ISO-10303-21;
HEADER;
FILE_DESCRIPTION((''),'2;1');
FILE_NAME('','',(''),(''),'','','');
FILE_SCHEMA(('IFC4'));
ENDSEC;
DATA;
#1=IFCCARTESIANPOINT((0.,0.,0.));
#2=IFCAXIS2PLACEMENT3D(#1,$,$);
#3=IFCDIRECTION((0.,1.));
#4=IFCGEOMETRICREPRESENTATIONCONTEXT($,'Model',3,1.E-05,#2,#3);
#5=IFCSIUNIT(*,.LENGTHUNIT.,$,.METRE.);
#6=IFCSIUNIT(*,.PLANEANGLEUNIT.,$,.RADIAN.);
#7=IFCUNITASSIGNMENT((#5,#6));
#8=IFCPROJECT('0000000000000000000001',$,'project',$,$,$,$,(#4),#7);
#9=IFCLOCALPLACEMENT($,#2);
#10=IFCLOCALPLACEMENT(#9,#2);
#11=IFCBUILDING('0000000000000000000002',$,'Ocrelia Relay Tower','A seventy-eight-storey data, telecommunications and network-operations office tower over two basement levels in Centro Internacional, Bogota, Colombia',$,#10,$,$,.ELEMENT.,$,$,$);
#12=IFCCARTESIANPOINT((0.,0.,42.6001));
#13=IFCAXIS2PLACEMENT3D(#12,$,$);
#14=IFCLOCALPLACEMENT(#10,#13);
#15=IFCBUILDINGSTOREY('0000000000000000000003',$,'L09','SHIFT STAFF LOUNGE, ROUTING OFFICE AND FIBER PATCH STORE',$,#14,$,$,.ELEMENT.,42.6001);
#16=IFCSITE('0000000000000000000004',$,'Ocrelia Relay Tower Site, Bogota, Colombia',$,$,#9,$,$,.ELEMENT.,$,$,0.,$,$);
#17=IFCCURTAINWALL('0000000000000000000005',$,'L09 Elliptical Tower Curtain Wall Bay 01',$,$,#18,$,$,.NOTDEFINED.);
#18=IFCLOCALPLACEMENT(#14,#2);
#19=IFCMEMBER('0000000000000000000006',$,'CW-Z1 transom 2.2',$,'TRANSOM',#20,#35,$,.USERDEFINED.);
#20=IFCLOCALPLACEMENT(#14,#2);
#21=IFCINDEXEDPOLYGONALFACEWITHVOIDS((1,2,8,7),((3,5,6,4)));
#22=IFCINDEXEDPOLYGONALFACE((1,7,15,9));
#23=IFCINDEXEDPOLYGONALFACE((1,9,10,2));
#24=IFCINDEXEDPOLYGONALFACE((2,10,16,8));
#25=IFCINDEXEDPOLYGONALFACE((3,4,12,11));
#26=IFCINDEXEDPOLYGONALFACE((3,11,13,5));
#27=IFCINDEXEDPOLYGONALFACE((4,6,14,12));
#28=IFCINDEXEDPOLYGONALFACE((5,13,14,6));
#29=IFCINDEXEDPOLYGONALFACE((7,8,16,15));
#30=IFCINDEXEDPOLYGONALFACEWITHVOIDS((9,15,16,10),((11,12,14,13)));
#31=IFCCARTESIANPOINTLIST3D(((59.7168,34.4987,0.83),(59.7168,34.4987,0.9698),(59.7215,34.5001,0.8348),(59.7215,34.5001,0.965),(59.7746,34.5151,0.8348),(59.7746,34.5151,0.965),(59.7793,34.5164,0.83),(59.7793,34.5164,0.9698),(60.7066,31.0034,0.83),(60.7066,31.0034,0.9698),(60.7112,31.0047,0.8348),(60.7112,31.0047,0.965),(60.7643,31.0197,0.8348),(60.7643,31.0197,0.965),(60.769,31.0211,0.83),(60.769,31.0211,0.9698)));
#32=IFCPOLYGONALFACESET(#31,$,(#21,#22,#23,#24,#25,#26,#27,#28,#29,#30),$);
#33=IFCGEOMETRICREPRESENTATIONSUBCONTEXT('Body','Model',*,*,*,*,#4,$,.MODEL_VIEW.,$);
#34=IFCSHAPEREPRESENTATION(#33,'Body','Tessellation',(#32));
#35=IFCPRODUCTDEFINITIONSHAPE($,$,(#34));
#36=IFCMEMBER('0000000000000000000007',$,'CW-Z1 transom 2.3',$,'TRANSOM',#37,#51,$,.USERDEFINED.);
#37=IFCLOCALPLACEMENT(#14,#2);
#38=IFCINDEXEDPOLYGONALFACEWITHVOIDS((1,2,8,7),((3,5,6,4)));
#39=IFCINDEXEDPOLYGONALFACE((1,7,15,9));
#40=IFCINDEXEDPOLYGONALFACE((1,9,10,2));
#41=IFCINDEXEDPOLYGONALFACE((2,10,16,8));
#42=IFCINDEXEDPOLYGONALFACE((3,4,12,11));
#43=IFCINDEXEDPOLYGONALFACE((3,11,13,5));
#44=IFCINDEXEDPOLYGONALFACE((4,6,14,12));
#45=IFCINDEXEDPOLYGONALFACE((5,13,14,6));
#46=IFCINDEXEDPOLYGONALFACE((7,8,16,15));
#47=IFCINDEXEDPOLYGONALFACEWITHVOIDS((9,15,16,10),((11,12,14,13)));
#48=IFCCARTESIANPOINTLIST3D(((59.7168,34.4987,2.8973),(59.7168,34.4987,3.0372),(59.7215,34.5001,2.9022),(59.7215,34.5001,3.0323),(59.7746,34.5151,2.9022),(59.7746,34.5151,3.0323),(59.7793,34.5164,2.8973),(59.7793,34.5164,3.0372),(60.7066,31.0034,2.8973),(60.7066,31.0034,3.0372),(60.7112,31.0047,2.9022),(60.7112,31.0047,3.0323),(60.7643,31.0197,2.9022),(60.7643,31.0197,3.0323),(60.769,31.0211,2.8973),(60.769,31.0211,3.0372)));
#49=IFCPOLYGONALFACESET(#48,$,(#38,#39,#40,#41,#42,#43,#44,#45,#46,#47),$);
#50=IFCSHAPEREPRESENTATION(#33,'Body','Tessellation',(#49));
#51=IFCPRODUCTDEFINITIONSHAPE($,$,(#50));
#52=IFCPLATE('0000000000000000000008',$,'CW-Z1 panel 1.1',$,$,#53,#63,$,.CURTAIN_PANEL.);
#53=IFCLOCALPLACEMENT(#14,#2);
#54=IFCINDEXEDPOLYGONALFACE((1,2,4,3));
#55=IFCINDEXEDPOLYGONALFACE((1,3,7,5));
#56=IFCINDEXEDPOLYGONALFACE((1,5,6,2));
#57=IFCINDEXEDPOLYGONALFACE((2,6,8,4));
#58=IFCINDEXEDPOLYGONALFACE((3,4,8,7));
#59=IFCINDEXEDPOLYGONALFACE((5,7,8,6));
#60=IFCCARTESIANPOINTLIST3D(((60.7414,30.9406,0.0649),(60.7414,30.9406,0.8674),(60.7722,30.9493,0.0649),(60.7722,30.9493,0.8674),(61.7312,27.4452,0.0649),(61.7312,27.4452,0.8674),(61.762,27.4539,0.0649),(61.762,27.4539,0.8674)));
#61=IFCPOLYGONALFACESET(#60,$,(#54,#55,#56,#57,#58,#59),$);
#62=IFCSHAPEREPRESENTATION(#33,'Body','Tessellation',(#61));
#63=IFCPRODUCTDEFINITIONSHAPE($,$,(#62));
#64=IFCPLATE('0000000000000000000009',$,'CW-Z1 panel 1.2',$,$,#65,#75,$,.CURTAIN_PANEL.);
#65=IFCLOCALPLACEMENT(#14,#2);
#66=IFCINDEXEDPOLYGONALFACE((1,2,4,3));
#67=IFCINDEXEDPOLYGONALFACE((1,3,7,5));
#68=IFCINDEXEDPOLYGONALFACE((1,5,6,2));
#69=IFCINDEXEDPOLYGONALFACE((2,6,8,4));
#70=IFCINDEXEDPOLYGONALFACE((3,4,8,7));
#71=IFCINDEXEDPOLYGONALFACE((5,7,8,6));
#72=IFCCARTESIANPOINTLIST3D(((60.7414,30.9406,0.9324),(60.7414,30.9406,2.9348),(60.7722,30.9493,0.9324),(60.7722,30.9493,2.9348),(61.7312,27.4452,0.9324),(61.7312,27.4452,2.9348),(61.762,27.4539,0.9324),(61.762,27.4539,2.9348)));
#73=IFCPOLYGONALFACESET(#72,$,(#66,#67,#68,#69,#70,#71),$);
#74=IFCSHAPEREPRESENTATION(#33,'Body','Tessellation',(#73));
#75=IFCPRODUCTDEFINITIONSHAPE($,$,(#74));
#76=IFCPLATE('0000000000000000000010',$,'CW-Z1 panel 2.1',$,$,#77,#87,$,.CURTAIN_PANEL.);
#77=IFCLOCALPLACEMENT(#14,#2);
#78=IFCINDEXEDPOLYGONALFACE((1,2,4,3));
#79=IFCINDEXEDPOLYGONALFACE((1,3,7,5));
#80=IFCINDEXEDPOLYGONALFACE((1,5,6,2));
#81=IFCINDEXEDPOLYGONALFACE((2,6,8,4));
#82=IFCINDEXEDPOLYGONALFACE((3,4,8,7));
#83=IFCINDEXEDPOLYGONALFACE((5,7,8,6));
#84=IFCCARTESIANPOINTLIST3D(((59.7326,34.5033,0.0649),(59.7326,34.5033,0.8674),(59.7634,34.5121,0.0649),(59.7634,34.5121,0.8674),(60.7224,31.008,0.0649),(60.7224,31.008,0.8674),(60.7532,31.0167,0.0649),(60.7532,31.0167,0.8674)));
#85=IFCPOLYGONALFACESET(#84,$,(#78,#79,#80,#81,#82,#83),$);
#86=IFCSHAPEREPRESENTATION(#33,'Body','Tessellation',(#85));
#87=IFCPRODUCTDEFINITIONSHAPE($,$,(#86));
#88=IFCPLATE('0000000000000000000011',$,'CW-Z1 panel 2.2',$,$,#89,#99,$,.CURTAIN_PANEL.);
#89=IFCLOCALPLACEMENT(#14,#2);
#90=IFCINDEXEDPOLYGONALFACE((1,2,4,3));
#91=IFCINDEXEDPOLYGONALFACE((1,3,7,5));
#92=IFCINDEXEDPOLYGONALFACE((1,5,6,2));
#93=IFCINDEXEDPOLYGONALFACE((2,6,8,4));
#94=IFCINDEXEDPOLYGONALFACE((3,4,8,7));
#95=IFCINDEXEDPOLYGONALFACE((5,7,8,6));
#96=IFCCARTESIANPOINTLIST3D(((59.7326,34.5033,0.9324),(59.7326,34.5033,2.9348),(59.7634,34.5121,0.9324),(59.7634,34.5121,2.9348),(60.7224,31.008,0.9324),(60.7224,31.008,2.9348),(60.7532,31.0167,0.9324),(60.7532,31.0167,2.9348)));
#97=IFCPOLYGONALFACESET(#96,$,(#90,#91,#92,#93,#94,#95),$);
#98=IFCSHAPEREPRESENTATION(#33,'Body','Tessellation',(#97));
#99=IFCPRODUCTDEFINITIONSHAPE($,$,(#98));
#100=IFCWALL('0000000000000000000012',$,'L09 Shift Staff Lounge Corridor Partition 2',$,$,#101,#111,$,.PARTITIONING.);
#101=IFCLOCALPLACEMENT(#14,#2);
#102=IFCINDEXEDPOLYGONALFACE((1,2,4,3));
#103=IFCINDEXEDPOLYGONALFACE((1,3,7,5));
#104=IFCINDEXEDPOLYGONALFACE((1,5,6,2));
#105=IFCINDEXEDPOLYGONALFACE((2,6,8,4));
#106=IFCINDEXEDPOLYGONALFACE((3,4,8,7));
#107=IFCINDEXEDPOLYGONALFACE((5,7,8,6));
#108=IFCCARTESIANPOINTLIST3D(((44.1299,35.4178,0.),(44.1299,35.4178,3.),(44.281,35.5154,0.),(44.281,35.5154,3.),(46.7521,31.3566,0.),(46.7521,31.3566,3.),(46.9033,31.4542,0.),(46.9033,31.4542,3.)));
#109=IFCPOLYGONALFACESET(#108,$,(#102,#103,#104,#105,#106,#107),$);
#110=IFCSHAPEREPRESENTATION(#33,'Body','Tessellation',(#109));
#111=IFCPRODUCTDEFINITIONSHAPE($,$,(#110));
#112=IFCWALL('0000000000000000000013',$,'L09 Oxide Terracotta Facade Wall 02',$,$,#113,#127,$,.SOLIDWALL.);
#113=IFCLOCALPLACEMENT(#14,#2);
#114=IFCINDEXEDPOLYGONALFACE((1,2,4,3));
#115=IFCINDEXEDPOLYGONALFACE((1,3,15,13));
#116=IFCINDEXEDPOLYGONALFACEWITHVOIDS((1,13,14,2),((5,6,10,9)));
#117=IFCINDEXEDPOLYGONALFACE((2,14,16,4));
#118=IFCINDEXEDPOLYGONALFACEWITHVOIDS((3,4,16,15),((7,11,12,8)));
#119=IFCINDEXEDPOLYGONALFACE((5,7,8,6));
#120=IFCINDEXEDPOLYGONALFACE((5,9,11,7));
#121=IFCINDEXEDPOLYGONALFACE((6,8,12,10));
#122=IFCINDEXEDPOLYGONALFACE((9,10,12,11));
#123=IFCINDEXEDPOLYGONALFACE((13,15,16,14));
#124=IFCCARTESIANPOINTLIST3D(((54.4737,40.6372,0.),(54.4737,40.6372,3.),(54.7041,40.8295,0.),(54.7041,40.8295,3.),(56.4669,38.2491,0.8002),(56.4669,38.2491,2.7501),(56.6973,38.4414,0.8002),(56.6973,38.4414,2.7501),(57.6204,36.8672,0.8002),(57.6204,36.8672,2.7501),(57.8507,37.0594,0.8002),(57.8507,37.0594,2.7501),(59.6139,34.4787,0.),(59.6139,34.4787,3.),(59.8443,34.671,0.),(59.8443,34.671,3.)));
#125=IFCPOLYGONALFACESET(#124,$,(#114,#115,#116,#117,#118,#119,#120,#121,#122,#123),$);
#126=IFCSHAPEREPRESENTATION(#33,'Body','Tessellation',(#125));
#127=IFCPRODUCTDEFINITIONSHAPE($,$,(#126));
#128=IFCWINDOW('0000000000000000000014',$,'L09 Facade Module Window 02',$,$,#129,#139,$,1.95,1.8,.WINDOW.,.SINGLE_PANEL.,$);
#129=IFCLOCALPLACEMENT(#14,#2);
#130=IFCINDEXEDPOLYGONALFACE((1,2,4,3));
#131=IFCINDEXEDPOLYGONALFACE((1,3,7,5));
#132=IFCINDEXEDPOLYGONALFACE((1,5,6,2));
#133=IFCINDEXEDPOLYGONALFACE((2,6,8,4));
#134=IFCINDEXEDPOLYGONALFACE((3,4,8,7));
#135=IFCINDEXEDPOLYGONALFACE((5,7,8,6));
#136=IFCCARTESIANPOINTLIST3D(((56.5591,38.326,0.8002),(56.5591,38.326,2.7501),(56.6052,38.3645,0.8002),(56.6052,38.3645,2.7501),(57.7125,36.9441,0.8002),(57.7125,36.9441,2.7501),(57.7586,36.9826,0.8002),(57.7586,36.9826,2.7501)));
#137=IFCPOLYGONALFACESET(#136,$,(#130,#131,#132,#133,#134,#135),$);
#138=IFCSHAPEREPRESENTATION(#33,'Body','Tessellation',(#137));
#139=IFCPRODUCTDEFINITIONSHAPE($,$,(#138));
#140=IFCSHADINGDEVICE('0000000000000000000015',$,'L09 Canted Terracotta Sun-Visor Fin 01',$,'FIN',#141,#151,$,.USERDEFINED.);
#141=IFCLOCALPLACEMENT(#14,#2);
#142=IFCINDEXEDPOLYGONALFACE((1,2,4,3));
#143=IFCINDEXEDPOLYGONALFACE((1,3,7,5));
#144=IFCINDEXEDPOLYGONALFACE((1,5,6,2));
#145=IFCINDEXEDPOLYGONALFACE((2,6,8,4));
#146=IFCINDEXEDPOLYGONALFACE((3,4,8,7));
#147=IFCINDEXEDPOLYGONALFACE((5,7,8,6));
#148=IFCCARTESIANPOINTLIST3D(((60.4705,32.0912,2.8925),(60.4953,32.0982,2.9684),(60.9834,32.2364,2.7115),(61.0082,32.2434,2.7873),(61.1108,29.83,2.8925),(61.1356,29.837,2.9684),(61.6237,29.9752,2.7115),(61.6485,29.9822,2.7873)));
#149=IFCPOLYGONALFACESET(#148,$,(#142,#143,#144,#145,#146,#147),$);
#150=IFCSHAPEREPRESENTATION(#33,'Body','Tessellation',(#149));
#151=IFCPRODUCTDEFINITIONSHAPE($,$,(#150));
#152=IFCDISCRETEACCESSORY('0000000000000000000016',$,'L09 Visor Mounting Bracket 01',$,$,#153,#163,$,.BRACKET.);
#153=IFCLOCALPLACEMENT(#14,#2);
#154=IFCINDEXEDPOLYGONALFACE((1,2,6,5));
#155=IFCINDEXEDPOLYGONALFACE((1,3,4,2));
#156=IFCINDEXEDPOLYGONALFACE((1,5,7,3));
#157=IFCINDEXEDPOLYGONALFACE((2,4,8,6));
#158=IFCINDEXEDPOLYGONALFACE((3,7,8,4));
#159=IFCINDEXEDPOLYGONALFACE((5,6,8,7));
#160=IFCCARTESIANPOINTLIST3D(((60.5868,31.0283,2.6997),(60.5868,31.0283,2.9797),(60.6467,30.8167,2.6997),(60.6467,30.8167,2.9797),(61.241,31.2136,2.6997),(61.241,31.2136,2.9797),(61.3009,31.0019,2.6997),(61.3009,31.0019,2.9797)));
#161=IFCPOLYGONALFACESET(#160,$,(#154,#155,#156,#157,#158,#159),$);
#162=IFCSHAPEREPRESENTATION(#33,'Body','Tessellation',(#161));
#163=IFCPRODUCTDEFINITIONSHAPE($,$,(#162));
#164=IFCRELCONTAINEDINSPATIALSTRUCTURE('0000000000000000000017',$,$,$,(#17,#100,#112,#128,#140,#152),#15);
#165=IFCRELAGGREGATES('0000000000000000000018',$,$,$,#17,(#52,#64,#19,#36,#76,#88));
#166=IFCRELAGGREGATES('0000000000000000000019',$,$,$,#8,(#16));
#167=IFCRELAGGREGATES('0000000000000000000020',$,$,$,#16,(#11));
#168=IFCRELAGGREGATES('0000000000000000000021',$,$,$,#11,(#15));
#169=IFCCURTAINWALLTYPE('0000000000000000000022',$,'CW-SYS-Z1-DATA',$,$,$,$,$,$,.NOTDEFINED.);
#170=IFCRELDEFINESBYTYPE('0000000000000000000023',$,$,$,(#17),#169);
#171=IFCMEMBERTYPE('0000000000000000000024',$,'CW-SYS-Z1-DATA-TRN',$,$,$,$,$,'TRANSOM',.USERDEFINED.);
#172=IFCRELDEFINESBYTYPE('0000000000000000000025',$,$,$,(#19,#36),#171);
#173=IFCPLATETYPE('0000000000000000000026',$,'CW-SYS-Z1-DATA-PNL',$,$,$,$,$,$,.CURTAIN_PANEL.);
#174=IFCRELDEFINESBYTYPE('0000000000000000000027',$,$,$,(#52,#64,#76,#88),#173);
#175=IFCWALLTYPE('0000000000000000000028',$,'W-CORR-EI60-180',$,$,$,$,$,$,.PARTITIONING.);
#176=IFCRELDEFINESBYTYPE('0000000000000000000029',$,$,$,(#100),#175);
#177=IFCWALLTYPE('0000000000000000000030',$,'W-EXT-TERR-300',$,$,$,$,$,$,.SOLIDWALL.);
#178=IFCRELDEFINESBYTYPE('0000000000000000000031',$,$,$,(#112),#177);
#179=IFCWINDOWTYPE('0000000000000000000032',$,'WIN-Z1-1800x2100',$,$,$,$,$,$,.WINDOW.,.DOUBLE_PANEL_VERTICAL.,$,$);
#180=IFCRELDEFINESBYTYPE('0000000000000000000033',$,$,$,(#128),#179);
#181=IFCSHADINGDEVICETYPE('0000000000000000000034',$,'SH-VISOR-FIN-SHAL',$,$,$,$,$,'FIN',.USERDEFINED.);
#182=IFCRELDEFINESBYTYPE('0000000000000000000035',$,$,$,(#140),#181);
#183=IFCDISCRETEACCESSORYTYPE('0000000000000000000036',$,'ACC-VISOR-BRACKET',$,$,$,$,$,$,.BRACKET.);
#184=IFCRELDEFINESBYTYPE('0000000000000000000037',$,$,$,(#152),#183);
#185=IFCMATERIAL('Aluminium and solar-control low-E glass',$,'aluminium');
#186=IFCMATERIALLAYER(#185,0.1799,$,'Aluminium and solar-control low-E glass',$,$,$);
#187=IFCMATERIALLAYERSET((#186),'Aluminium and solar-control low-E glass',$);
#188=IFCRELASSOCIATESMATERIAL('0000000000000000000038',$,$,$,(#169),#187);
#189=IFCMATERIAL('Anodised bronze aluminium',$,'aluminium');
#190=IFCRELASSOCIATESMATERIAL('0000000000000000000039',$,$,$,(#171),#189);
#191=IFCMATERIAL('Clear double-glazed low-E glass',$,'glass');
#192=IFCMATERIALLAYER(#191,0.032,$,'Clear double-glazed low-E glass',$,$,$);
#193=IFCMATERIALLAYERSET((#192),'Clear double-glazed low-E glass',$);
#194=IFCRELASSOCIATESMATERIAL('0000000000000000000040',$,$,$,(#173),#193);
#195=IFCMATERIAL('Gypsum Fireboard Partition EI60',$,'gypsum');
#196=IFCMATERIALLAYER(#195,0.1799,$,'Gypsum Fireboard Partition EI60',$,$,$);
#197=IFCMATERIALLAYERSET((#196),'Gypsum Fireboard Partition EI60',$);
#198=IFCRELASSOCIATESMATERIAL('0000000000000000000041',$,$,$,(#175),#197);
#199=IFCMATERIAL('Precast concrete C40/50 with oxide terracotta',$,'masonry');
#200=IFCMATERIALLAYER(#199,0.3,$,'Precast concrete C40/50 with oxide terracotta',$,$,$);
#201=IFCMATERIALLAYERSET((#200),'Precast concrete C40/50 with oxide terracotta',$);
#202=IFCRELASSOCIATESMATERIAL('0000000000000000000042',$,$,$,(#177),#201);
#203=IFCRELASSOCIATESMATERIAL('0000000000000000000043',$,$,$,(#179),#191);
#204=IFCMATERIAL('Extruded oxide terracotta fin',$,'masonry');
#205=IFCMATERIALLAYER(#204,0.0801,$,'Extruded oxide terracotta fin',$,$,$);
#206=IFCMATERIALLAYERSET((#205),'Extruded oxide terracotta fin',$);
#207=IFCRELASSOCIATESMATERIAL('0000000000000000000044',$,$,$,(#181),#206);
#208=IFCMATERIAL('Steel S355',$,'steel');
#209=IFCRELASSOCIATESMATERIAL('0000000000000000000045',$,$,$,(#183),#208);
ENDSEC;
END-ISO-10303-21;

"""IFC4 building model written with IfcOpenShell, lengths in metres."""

from ifc_helpers import new_model, si_unit, direction, frame, frame_2d, origin, origin_2d, place, context, subcontext, project, spatial, rectangle, hollow_rectangle, extrude, material, layer, layer_set, material_profile, profile_set, type_object, element, fill, aggregate, save


model = new_model("IFC4")

# Units and contexts
model_context = context("Model", 3, precision=1e-05, world=origin(), true_north=direction((0.0, 1.0)))
body_context = subcontext(model_context, "Body", "Model", "MODEL_VIEW")
ifc_project = project(units=[si_unit("LENGTHUNIT", "METRE"), si_unit("PLANEANGLEUNIT", "RADIAN")], contexts=[model_context])

# Site, building, storey
site_placement = place(None, origin())
site = spatial("IfcSite", under=ifc_project, at=site_placement, Name="Ocrelia Relay Tower Site, Bogota, Colombia", CompositionType="ELEMENT", RefElevation=0.0)
building_placement = place(site_placement, origin())
building = spatial("IfcBuilding", under=site, at=building_placement, Name="Ocrelia Relay Tower", Description="A seventy-eight-storey data, telecommunications and network-operations office tower over two basement levels in Centro Internacional, Bogota, Colombia", CompositionType="ELEMENT")
storey_placement = place(building_placement, frame((0.0, 0.0, 42.6001)))
storey = spatial("IfcBuildingStorey", under=building, at=storey_placement, Name="L09", Description="SHIFT STAFF LOUNGE, ROUTING OFFICE AND FIBER PATCH STORE", CompositionType="ELEMENT", Elevation=42.6001)

# Shared definitions
ifc_material_1 = material(Name="Steel S355", Category="steel")

# Curtain wall, members, plates
ifc_material_2 = material(Name="Aluminium and solar-control low-E glass", Category="aluminium")
ifc_layer_1 = layer(ifc_material_2, 0.1799, Name="Aluminium and solar-control low-E glass")
ifc_layer_set_1 = layer_set([ifc_layer_1], Name="Aluminium and solar-control low-E glass")
curtain_wall_type = type_object("IfcCurtainWallType", Name="CW-SYS-Z1-DATA", PredefinedType="NOTDEFINED", material=ifc_layer_set_1)
curtain_wall_placement = place(storey_placement, origin())
curtain_wall = element("IfcCurtainWall", 1, at=curtain_wall_placement, inside=storey, type_object=curtain_wall_type, Name="L09 Elliptical Tower Curtain Wall Bay 01", PredefinedType="NOTDEFINED")
ifc_material_3 = material(Name="Anodised bronze aluminium", Category="aluminium")
ifc_material_profile_1 = material_profile(ifc_material_3, hollow_rectangle(XDim=0.0649, YDim=0.1399, WallThickness=0.0049, at=origin_2d()), Name="CW-TRN-140x65")
ifc_profile_set_1 = profile_set([ifc_material_profile_1], Name="Anodised bronze aluminium")
member_type_1 = type_object("IfcMemberType", Name="CW-SYS-Z1-DATA-TRN", ElementType="TRANSOM", PredefinedType="USERDEFINED", material=ifc_profile_set_1)
member_1_placement = place(storey_placement, frame((60.7378, 31.0122, 0.8999), z_axis=(-0.272448, 0.96217, 0.0), x_axis=(-0.96217, -0.272448, 0.0)))
member_1 = element("IfcMember", 2, at=member_1_placement, type_object=member_type_1, Name="CW-Z1 transom 2.2", ObjectType="TRANSOM", PredefinedType="USERDEFINED", context=body_context, shape_type="SweptSolid", body=[
    extrude(hollow_rectangle(XDim=0.0649, YDim=0.1399, WallThickness=0.0049, at=origin_2d()), origin(), (0.0, 0.0, 1.0), 3.6328),
])
member_2_placement = place(storey_placement, frame((60.7378, 31.0122, 2.9673), z_axis=(-0.272448, 0.96217, 0.0), x_axis=(-0.96217, -0.272448, 0.0)))
member_2 = element("IfcMember", 3, at=member_2_placement, type_object=member_type_1, Name="CW-Z1 transom 2.3", ObjectType="TRANSOM", PredefinedType="USERDEFINED", context=body_context, shape_type="SweptSolid", body=[
    extrude(hollow_rectangle(XDim=0.0649, YDim=0.1399, WallThickness=0.0049, at=origin_2d()), origin(), (0.0, 0.0, 1.0), 3.6328),
])
ifc_material_4 = material(Name="Clear double-glazed low-E glass", Category="glass")
ifc_layer_2 = layer(ifc_material_4, 0.032, Name="Clear double-glazed low-E glass")
ifc_layer_set_2 = layer_set([ifc_layer_2], Name="Clear double-glazed low-E glass")
plate_type = type_object("IfcPlateType", Name="CW-SYS-Z1-DATA-PNL", PredefinedType="CURTAIN_PANEL", material=ifc_layer_set_2)
plate_1_placement = place(storey_placement, frame((61.2517, 29.1973, 0.0649), z_axis=(0.0, 0.0, 1.0), x_axis=(-0.272454, 0.962169, 0.0)))
plate_1 = element("IfcPlate", 4, at=plate_1_placement, type_object=plate_type, Name="CW-Z1 panel 1.1", PredefinedType="CURTAIN_PANEL", context=body_context, shape_type="SweptSolid", body=[
    extrude(rectangle(XDim=3.6328, YDim=0.032, at=origin_2d()), origin(), (0.0, 0.0, 1.0), 0.8025),
])
plate_2_placement = place(storey_placement, frame((61.2517, 29.1973, 0.9324), z_axis=(0.0, 0.0, 1.0), x_axis=(-0.272454, 0.962169, 0.0)))
plate_2 = element("IfcPlate", 5, at=plate_2_placement, type_object=plate_type, Name="CW-Z1 panel 1.2", PredefinedType="CURTAIN_PANEL", context=body_context, shape_type="SweptSolid", body=[
    extrude(rectangle(XDim=3.6328, YDim=0.032, at=origin_2d()), origin(), (0.0, 0.0, 1.0), 2.0024),
])
plate_3_placement = place(storey_placement, frame((60.2429, 32.76, 0.0649), z_axis=(0.0, 0.0, 1.0), x_axis=(-0.272454, 0.962169, 0.0)))
plate_3 = element("IfcPlate", 6, at=plate_3_placement, type_object=plate_type, Name="CW-Z1 panel 2.1", PredefinedType="CURTAIN_PANEL", context=body_context, shape_type="SweptSolid", body=[
    extrude(rectangle(XDim=3.6328, YDim=0.032, at=origin_2d()), origin(), (0.0, 0.0, 1.0), 0.8025),
])
plate_4_placement = place(storey_placement, frame((60.2429, 32.76, 0.9324), z_axis=(0.0, 0.0, 1.0), x_axis=(-0.272454, 0.962169, 0.0)))
plate_4 = element("IfcPlate", 7, at=plate_4_placement, type_object=plate_type, Name="CW-Z1 panel 2.2", PredefinedType="CURTAIN_PANEL", context=body_context, shape_type="SweptSolid", body=[
    extrude(rectangle(XDim=3.6328, YDim=0.032, at=origin_2d()), origin(), (0.0, 0.0, 1.0), 2.0024),
])
aggregate(curtain_wall, [plate_1, plate_2, member_1, member_2, plate_3, plate_4])

# Wall
ifc_material_5 = material(Name="Gypsum Fireboard Partition EI60", Category="gypsum")
ifc_layer_3 = layer(ifc_material_5, 0.1799, Name="Gypsum Fireboard Partition EI60")
ifc_layer_set_3 = layer_set([ifc_layer_3], Name="Gypsum Fireboard Partition EI60")
wall_type_1 = type_object("IfcWallType", Name="W-CORR-EI60-180", PredefinedType="PARTITIONING", material=ifc_layer_set_3)
wall_1_placement = place(storey_placement, frame((46.8276, 31.4055, 0.0), z_axis=(0.0, 0.0, 1.0), x_axis=(-0.542439, 0.840095, 0.0)))
element("IfcWall", 8, at=wall_1_placement, inside=storey, type_object=wall_type_1, Name="L09 Shift Staff Lounge Corridor Partition 2", PredefinedType="PARTITIONING", context=body_context, shape_type="SweptSolid", body=[
    extrude(rectangle(XDim=4.8342, YDim=0.1799, at=frame_2d((2.417, 0.0))), origin(), (0.0, 0.0, 1.0), 3.0),
])

# Wall, opening, window
ifc_material_6 = material(Name="Precast concrete C40/50 with oxide terracotta", Category="masonry")
ifc_layer_4 = layer(ifc_material_6, 0.3, Name="Precast concrete C40/50 with oxide terracotta")
ifc_layer_set_4 = layer_set([ifc_layer_4], Name="Precast concrete C40/50 with oxide terracotta")
wall_type_2 = type_object("IfcWallType", Name="W-EXT-TERR-300", PredefinedType="SOLIDWALL", material=ifc_layer_set_4)
wall_2_placement = place(storey_placement, frame((59.729, 34.575, 0.0), z_axis=(0.0, 0.0, 1.0), x_axis=(-0.64078, 0.767725, 0.0)))
wall_2 = element("IfcWall", 9, at=wall_2_placement, inside=storey, type_object=wall_type_2, Name="L09 Oxide Terracotta Facade Wall 02", PredefinedType="SOLIDWALL", context=body_context, shape_type="SweptSolid", body=[
    extrude(rectangle(XDim=8.0217, YDim=0.3, at=frame_2d((4.0107, 0.0))), origin(), (0.0, 0.0, 1.0), 3.0),
])
opening_placement = place(wall_2_placement, frame((3.1111, 0.0, 0.8)))
opening = element("IfcOpeningElement", 10, at=opening_placement, cuts=wall_2, PredefinedType="OPENING", context=body_context, shape_type="SweptSolid", body=[
    extrude(rectangle(XDim=1.8, YDim=1.95, at=frame_2d((0.8999, 0.9751))), frame((0.0, 0.1602, 0.0), z_axis=(0.0, -1.0, 0.0), x_axis=(1.0, 0.0, 0.0)), (0.0, 0.0, 1.0), 0.3201),
])
window_type = type_object("IfcWindowType", Name="WIN-Z1-1800x2100", PartitioningType="DOUBLE_PANEL_VERTICAL", PredefinedType="WINDOW", material=ifc_material_4)
window_placement = place(opening_placement, origin())
window = element("IfcWindow", 11, at=window_placement, inside=storey, type_object=window_type, Name="L09 Facade Module Window 02", OverallHeight=1.95, OverallWidth=1.8, PartitioningType="SINGLE_PANEL", PredefinedType="WINDOW", context=body_context, shape_type="SweptSolid", body=[
    extrude(rectangle(XDim=1.8, YDim=1.95, at=frame_2d((0.8999, 0.9751))), frame((0.0, 0.03, 0.0), z_axis=(0.0, -1.0, 0.0), x_axis=(1.0, 0.0, 0.0)), (0.0, 0.0, 1.0), 0.0601),
])
fill(opening, window)

# Shading device
ifc_material_7 = material(Name="Extruded oxide terracotta fin", Category="masonry")
ifc_layer_5 = layer(ifc_material_7, 0.0801, Name="Extruded oxide terracotta fin")
ifc_layer_set_5 = layer_set([ifc_layer_5], Name="Extruded oxide terracotta fin")
shading_device_type = type_object("IfcShadingDeviceType", Name="SH-VISOR-FIN-SHAL", ElementType="FIN", PredefinedType="USERDEFINED", material=ifc_layer_set_5)
shading_device_placement = place(storey_placement, frame((61.0471, 31.0332, 2.802), z_axis=(0.309438, 0.087622, 0.946874), x_axis=(-0.272454, 0.962169, 0.0)))
element("IfcShadingDevice", 12, at=shading_device_placement, inside=storey, type_object=shading_device_type, Name="L09 Canted Terracotta Sun-Visor Fin 01", ObjectType="FIN", PredefinedType="USERDEFINED", context=body_context, shape_type="SweptSolid", body=[
    extrude(rectangle(XDim=2.3501, YDim=0.563, at=origin_2d()), origin(), (0.0, 0.0, 1.0), 0.0801),
])

# Discrete accessory
discrete_accessory_type = type_object("IfcDiscreteAccessoryType", Name="ACC-VISOR-BRACKET", PredefinedType="BRACKET", material=ifc_material_1)
discrete_accessory_placement = place(storey_placement, frame((60.9438, 31.0151, 2.6997), z_axis=(0.0, 0.0, 1.0), x_axis=(-0.272454, 0.962169, 0.0)))
element("IfcDiscreteAccessory", 13, at=discrete_accessory_placement, inside=storey, type_object=discrete_accessory_type, Name="L09 Visor Mounting Bracket 01", PredefinedType="BRACKET", context=body_context, shape_type="SweptSolid", body=[
    extrude(rectangle(XDim=0.22, YDim=0.6799, at=origin_2d()), origin(), (0.0, 0.0, 1.0), 0.28),
])

save(model, "model.ifc")
